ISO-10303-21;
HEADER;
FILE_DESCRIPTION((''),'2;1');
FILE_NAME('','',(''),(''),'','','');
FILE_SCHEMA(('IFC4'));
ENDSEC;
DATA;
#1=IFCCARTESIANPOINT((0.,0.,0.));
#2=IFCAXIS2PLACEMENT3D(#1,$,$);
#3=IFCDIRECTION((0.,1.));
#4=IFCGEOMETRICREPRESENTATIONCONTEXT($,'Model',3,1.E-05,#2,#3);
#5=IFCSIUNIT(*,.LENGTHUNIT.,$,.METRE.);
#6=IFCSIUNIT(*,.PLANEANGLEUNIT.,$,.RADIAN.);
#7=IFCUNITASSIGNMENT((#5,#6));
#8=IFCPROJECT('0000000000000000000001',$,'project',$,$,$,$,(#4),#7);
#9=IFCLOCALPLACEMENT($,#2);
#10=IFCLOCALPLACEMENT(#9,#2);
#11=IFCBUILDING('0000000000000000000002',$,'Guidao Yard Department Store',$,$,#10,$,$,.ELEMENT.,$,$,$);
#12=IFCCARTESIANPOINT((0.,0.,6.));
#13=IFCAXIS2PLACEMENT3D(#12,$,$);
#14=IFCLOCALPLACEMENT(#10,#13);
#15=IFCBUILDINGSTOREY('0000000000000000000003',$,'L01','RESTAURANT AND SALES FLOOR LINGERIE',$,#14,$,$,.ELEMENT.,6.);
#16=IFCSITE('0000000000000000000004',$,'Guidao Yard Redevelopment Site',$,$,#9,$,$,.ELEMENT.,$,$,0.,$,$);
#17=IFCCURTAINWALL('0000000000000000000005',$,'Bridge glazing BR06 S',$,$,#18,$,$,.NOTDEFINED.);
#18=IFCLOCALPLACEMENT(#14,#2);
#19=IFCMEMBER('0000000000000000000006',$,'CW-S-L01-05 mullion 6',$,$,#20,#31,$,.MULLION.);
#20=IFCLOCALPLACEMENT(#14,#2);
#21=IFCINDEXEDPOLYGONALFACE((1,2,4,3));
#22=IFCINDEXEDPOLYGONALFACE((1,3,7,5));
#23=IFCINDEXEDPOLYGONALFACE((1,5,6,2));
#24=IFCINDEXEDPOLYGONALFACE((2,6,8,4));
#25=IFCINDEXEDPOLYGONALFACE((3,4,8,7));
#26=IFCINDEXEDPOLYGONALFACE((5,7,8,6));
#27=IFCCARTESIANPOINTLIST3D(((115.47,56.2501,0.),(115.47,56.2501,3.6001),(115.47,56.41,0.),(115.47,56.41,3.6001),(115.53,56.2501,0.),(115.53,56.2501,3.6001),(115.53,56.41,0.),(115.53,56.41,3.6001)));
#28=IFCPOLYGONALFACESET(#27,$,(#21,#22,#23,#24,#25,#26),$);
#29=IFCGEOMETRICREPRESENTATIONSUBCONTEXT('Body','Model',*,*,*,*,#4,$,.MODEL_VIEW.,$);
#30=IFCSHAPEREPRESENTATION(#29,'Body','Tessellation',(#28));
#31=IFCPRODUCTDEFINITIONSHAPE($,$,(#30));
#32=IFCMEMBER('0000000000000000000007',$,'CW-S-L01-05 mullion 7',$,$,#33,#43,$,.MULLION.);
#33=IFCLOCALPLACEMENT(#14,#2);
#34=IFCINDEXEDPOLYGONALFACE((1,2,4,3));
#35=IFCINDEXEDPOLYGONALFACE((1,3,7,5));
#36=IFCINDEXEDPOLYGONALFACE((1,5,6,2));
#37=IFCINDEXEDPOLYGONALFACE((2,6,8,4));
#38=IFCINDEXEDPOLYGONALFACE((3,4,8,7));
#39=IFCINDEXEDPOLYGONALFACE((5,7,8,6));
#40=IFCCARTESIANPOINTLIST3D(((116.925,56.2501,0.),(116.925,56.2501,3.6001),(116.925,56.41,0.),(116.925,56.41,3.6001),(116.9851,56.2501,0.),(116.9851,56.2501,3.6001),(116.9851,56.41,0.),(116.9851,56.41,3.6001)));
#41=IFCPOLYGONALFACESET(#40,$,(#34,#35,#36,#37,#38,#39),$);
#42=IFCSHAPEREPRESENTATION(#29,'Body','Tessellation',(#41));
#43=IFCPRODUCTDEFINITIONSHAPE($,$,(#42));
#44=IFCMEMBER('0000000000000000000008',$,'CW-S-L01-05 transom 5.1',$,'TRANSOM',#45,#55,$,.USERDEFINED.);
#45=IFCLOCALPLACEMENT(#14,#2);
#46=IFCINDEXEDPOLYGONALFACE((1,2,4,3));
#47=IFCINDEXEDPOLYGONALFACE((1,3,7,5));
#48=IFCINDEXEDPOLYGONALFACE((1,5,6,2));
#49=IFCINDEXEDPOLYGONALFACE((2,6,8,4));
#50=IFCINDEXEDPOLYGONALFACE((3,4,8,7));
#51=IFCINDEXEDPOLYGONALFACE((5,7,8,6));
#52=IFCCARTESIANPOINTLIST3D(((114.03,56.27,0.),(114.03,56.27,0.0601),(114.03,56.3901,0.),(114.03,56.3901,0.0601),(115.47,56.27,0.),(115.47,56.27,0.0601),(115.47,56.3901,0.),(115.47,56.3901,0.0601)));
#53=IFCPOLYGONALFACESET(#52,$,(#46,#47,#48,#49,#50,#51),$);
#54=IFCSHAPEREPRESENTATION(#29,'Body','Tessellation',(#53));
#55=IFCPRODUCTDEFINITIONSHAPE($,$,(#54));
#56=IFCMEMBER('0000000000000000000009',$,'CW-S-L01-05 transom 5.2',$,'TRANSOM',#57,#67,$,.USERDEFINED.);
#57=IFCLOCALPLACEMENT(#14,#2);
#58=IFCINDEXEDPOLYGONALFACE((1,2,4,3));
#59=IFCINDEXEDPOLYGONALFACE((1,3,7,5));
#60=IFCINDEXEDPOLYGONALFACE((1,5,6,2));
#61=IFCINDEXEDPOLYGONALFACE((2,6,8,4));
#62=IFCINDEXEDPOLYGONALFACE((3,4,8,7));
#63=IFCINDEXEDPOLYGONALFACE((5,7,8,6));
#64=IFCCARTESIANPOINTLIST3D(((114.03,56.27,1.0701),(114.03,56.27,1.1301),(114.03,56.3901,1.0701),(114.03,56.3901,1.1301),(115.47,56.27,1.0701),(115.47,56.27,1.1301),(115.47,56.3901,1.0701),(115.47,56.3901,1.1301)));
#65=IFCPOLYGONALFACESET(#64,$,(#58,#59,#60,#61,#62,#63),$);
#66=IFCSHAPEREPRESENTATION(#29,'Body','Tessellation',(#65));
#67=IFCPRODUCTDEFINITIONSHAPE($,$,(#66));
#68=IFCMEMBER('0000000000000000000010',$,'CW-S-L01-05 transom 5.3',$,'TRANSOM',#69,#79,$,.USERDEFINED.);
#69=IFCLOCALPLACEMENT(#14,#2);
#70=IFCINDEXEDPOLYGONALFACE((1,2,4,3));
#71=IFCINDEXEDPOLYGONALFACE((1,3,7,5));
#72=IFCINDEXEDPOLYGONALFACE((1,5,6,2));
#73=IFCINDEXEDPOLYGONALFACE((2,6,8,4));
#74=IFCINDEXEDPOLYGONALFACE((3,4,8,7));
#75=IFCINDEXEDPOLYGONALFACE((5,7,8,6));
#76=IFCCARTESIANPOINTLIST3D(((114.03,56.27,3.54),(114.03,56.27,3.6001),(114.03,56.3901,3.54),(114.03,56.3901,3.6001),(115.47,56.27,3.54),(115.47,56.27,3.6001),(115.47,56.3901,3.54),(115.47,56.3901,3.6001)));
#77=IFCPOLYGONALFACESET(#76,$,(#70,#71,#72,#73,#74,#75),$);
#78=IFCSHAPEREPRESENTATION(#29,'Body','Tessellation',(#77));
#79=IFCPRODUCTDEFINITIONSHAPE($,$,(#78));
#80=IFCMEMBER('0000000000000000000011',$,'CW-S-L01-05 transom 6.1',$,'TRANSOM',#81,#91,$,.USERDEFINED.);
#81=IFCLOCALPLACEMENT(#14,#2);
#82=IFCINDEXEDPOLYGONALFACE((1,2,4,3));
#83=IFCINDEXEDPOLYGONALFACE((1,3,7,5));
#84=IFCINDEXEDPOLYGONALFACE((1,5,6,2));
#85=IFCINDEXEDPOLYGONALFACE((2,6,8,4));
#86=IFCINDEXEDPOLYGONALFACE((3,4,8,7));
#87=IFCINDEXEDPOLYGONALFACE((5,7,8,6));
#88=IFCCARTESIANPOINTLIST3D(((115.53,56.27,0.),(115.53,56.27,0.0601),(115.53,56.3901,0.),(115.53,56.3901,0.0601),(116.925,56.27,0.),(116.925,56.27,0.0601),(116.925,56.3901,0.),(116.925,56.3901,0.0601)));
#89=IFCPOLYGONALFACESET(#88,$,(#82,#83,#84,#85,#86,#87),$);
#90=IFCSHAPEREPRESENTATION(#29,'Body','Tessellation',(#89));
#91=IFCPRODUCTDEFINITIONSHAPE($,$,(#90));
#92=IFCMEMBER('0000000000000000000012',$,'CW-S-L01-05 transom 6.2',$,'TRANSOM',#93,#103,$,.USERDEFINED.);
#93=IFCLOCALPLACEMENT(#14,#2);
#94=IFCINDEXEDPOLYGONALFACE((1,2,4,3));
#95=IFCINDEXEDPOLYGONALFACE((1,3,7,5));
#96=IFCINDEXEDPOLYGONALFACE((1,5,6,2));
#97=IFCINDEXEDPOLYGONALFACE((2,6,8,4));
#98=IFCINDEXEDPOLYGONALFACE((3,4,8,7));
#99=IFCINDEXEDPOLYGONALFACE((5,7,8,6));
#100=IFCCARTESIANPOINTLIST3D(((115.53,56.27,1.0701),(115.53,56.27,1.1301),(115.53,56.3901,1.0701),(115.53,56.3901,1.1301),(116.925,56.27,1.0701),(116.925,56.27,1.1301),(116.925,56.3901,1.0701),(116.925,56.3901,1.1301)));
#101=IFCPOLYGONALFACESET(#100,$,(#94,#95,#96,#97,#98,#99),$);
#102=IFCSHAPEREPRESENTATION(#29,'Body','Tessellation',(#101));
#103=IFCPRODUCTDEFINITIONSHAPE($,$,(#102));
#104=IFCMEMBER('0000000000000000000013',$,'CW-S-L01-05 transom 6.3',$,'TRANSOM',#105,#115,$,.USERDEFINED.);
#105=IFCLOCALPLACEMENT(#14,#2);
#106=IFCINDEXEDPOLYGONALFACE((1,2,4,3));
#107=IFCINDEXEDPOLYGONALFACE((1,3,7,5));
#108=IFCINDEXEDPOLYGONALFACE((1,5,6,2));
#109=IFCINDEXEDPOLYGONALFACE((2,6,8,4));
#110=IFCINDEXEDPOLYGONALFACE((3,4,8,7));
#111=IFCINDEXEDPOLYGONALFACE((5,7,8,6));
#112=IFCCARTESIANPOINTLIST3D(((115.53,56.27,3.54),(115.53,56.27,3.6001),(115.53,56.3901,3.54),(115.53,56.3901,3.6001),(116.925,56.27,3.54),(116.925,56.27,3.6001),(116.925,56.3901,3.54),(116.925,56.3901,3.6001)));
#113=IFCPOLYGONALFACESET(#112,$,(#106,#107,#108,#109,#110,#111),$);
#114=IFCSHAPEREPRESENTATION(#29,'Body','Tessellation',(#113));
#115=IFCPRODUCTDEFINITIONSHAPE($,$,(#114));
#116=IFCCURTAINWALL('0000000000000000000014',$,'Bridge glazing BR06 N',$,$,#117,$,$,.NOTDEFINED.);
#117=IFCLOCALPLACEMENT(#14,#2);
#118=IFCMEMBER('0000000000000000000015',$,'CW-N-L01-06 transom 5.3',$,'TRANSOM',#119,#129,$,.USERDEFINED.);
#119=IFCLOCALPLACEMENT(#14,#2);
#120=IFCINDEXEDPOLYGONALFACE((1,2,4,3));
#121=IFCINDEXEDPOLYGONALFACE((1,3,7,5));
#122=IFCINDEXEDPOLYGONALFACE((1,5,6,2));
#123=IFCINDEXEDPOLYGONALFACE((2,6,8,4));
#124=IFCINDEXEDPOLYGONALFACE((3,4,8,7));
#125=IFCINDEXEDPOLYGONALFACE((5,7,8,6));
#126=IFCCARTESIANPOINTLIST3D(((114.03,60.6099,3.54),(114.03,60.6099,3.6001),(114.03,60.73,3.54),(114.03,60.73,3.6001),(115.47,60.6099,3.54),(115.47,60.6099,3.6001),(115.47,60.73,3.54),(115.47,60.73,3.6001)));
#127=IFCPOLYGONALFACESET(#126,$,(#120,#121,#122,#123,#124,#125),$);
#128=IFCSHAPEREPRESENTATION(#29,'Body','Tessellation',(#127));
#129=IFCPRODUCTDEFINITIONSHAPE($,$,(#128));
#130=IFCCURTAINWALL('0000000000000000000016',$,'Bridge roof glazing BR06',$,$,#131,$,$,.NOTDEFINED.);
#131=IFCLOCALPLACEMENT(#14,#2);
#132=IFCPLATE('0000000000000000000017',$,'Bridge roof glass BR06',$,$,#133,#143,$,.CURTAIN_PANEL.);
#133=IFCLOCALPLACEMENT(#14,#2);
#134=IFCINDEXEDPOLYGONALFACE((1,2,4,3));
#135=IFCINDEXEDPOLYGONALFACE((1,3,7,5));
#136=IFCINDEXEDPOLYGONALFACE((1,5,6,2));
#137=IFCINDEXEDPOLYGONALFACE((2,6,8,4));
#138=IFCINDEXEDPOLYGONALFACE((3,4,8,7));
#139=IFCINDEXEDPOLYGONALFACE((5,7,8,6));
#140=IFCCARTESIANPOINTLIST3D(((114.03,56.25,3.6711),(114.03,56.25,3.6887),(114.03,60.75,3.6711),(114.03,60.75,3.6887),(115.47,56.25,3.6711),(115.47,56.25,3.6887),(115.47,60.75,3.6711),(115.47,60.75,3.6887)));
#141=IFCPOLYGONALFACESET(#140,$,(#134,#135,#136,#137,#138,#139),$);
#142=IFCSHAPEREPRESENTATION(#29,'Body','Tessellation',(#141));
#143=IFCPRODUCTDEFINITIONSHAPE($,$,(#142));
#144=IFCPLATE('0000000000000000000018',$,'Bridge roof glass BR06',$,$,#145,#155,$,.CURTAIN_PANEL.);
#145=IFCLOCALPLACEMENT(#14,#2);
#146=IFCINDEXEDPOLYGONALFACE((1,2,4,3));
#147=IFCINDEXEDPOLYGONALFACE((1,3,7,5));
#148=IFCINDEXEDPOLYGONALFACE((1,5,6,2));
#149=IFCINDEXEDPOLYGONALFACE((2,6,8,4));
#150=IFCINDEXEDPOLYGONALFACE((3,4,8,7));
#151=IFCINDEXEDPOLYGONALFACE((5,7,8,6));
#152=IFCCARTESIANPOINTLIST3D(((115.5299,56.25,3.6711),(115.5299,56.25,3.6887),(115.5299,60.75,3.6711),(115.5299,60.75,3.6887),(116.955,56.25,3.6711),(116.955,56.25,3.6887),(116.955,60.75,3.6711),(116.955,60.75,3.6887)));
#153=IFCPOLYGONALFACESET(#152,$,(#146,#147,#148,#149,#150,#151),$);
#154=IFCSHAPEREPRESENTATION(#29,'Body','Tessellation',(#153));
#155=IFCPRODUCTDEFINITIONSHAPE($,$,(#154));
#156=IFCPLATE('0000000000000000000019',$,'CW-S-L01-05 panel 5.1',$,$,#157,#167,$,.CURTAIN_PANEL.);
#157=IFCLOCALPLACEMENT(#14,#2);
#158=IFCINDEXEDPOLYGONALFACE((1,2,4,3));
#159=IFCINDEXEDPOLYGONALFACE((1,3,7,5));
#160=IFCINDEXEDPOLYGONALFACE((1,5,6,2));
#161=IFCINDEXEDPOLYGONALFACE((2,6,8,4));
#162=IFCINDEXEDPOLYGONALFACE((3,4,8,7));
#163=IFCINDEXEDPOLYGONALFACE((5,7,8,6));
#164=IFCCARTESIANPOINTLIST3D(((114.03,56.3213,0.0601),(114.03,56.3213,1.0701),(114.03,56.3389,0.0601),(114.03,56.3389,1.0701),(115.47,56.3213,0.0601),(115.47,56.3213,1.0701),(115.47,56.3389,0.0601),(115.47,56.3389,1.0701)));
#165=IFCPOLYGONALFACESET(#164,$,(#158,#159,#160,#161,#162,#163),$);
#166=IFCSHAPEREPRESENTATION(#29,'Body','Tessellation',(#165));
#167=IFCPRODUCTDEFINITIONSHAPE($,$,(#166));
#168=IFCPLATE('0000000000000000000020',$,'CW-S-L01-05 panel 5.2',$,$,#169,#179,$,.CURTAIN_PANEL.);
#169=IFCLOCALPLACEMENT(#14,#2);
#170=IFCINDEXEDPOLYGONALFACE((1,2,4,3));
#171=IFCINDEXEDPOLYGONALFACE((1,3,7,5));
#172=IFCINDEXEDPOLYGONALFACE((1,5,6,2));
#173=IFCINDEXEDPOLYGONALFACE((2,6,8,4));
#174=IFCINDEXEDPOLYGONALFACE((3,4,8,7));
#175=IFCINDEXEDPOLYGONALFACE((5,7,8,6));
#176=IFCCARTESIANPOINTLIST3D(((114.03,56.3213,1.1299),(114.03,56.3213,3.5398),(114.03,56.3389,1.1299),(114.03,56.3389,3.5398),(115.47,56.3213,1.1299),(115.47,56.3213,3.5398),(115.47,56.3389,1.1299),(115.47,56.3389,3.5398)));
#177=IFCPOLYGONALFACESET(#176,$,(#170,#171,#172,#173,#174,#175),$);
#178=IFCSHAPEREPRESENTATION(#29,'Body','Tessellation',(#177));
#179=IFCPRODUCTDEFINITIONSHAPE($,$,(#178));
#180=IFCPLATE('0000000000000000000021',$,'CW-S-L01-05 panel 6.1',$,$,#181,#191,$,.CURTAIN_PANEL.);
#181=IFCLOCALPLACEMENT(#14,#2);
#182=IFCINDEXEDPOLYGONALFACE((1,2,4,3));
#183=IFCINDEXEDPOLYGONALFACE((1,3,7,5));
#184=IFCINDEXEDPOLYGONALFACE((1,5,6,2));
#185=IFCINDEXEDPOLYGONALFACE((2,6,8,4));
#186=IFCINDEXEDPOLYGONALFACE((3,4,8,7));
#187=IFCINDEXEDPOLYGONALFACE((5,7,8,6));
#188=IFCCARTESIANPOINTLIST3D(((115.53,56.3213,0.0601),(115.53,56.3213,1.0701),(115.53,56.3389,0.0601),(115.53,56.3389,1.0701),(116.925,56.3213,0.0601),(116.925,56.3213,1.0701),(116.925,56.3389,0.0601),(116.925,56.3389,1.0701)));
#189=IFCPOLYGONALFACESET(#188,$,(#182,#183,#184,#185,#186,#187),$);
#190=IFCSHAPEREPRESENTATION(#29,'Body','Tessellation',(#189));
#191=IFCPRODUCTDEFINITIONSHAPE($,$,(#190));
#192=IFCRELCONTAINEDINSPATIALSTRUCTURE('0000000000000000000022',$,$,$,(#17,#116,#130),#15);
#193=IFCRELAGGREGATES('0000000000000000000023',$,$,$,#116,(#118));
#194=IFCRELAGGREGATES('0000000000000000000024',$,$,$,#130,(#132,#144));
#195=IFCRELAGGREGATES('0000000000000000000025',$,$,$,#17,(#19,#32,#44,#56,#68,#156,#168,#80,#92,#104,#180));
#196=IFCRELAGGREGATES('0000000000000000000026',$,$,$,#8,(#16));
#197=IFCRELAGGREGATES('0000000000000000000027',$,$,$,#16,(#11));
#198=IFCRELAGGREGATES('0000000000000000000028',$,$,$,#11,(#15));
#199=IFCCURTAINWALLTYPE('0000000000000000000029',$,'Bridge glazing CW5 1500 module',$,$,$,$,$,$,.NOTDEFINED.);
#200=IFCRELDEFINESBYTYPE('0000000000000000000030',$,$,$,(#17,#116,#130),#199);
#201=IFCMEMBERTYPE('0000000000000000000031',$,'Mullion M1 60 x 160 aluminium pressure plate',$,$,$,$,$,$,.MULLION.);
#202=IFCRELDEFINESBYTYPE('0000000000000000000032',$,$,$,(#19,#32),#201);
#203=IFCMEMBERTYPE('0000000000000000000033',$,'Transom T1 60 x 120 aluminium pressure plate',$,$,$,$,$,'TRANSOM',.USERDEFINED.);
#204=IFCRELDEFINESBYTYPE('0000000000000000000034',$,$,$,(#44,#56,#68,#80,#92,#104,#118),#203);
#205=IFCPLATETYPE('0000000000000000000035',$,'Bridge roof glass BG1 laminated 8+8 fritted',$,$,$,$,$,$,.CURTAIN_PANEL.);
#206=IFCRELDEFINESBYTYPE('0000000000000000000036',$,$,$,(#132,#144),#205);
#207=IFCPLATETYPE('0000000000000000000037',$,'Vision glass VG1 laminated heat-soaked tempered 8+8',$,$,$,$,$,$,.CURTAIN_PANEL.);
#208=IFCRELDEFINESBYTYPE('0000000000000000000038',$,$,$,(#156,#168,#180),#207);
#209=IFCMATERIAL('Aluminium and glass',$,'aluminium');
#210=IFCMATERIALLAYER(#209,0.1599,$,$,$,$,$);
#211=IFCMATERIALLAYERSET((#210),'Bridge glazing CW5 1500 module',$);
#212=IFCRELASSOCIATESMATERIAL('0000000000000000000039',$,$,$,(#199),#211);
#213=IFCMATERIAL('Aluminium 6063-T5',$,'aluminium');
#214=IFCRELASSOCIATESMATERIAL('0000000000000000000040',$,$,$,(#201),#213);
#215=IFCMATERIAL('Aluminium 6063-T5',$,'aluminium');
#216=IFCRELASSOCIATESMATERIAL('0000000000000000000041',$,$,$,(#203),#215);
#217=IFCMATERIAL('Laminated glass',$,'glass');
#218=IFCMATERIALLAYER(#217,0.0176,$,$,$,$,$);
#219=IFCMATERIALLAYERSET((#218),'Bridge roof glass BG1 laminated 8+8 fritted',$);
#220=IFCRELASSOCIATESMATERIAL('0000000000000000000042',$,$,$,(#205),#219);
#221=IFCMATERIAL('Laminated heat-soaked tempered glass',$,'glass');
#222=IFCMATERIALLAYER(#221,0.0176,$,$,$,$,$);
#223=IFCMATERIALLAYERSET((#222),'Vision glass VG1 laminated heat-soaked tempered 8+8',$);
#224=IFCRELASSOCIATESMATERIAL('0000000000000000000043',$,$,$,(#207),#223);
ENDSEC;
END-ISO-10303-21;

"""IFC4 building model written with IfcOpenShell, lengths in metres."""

from ifc_helpers import new_model, si_unit, direction, frame, origin, origin_2d, place, context, subcontext, project, spatial, rectangle, extrude, material, layer, layer_set, material_profile, profile_set, type_object, element, aggregate, save


model = new_model("IFC4")

# Units and contexts
model_context = context("Model", 3, precision=1e-05, world=origin(), true_north=direction((0.0, 1.0)))
body_context = subcontext(model_context, "Body", "Model", "MODEL_VIEW")
ifc_project = project(units=[si_unit("LENGTHUNIT", "METRE"), si_unit("PLANEANGLEUNIT", "RADIAN")], contexts=[model_context])

# Site, building, storey
site_placement = place(None, origin())
site = spatial("IfcSite", under=ifc_project, at=site_placement, Name="Guidao Yard Redevelopment Site", CompositionType="ELEMENT", RefElevation=0.0)
building_placement = place(site_placement, origin())
building = spatial("IfcBuilding", under=site, at=building_placement, Name="Guidao Yard Department Store", CompositionType="ELEMENT")
storey_placement = place(building_placement, frame((0.0, 0.0, 6.0)))
storey = spatial("IfcBuildingStorey", under=building, at=storey_placement, Name="L01", Description="RESTAURANT AND SALES FLOOR LINGERIE", CompositionType="ELEMENT", Elevation=6.0)

# Curtain wall, members
ifc_material_1 = material(Name="Aluminium and glass", Category="aluminium")
ifc_layer_1 = layer(ifc_material_1, 0.1599)
ifc_layer_set_1 = layer_set([ifc_layer_1], Name="Bridge glazing CW5 1500 module")
curtain_wall_type = type_object("IfcCurtainWallType", Name="Bridge glazing CW5 1500 module", PredefinedType="NOTDEFINED", material=ifc_layer_set_1)
curtain_wall_1_placement = place(storey_placement, origin())
curtain_wall_1 = element("IfcCurtainWall", 1, at=curtain_wall_1_placement, inside=storey, type_object=curtain_wall_type, Name="Bridge glazing BR06 S", PredefinedType="NOTDEFINED")
ifc_material_2 = material(Name="Aluminium 6063-T5", Category="aluminium")
ifc_material_profile_1 = material_profile(ifc_material_2, rectangle(XDim=0.0601, YDim=0.1599, at=origin_2d()), Name="Mullion M1 60 x 160 aluminium pressure plate")
ifc_profile_set_1 = profile_set([ifc_material_profile_1], Name="Aluminium 6063-T5")
member_type_1 = type_object("IfcMemberType", Name="Mullion M1 60 x 160 aluminium pressure plate", PredefinedType="MULLION", material=ifc_profile_set_1)
member_1_placement = place(storey_placement, frame((115.5, 56.3301, 0.0), z_axis=(0.0, 0.0, 1.0), x_axis=(-1.0, 0.0, 0.0)))
member_1 = element("IfcMember", 2, at=member_1_placement, type_object=member_type_1, Name="CW-S-L01-05 mullion 6", PredefinedType="MULLION", context=body_context, shape_type="SweptSolid", body=[
    extrude(rectangle(XDim=0.0601, YDim=0.1599, at=origin_2d()), origin(), (0.0, 0.0, 1.0), 3.6001),
])
member_2_placement = place(storey_placement, frame((116.9551, 56.3301, 0.0), z_axis=(0.0, 0.0, 1.0), x_axis=(-1.0, 0.0, 0.0)))
member_2 = element("IfcMember", 3, at=member_2_placement, type_object=member_type_1, Name="CW-S-L01-05 mullion 7", PredefinedType="MULLION", context=body_context, shape_type="SweptSolid", body=[
    extrude(rectangle(XDim=0.0601, YDim=0.1599, at=origin_2d()), origin(), (0.0, 0.0, 1.0), 3.6001),
])
ifc_material_3 = material(Name="Aluminium 6063-T5", Category="aluminium")
ifc_material_profile_2 = material_profile(ifc_material_3, rectangle(XDim=0.1201, YDim=0.0601, at=origin_2d()), Name="Transom T1 60 x 120 aluminium pressure plate")
ifc_profile_set_2 = profile_set([ifc_material_profile_2], Name="Aluminium 6063-T5")
member_type_2 = type_object("IfcMemberType", Name="Transom T1 60 x 120 aluminium pressure plate", ElementType="TRANSOM", PredefinedType="USERDEFINED", material=ifc_profile_set_2)
member_3_placement = place(storey_placement, frame((115.47, 56.3301, 0.03), z_axis=(-1.0, 0.0, 0.0), x_axis=(0.0, -1.0, 0.0)))
member_3 = element("IfcMember", 4, at=member_3_placement, type_object=member_type_2, Name="CW-S-L01-05 transom 5.1", ObjectType="TRANSOM", PredefinedType="USERDEFINED", context=body_context, shape_type="SweptSolid", body=[
    extrude(rectangle(XDim=0.1201, YDim=0.0601, at=origin_2d()), origin(), (0.0, 0.0, 1.0), 1.4399),
])
member_4_placement = place(storey_placement, frame((115.47, 56.3301, 1.1001), z_axis=(-1.0, 0.0, 0.0), x_axis=(0.0, -1.0, 0.0)))
member_4 = element("IfcMember", 5, at=member_4_placement, type_object=member_type_2, Name="CW-S-L01-05 transom 5.2", ObjectType="TRANSOM", PredefinedType="USERDEFINED", context=body_context, shape_type="SweptSolid", body=[
    extrude(rectangle(XDim=0.1201, YDim=0.0601, at=origin_2d()), origin(), (0.0, 0.0, 1.0), 1.4399),
])
member_5_placement = place(storey_placement, frame((115.47, 56.3301, 3.5701), z_axis=(-1.0, 0.0, 0.0), x_axis=(0.0, -1.0, 0.0)))
member_5 = element("IfcMember", 6, at=member_5_placement, type_object=member_type_2, Name="CW-S-L01-05 transom 5.3", ObjectType="TRANSOM", PredefinedType="USERDEFINED", context=body_context, shape_type="SweptSolid", body=[
    extrude(rectangle(XDim=0.1201, YDim=0.0601, at=origin_2d()), origin(), (0.0, 0.0, 1.0), 1.4399),
])
member_6_placement = place(storey_placement, frame((116.925, 56.3301, 0.03), z_axis=(-1.0, 0.0, 0.0), x_axis=(0.0, -1.0, 0.0)))
member_6 = element("IfcMember", 7, at=member_6_placement, type_object=member_type_2, Name="CW-S-L01-05 transom 6.1", ObjectType="TRANSOM", PredefinedType="USERDEFINED", context=body_context, shape_type="SweptSolid", body=[
    extrude(rectangle(XDim=0.1201, YDim=0.0601, at=origin_2d()), origin(), (0.0, 0.0, 1.0), 1.395),
])
member_7_placement = place(storey_placement, frame((116.925, 56.3301, 1.1001), z_axis=(-1.0, 0.0, 0.0), x_axis=(0.0, -1.0, 0.0)))
member_7 = element("IfcMember", 8, at=member_7_placement, type_object=member_type_2, Name="CW-S-L01-05 transom 6.2", ObjectType="TRANSOM", PredefinedType="USERDEFINED", context=body_context, shape_type="SweptSolid", body=[
    extrude(rectangle(XDim=0.1201, YDim=0.0601, at=origin_2d()), origin(), (0.0, 0.0, 1.0), 1.395),
])
member_8_placement = place(storey_placement, frame((116.925, 56.3301, 3.5701), z_axis=(-1.0, 0.0, 0.0), x_axis=(0.0, -1.0, 0.0)))
member_8 = element("IfcMember", 9, at=member_8_placement, type_object=member_type_2, Name="CW-S-L01-05 transom 6.3", ObjectType="TRANSOM", PredefinedType="USERDEFINED", context=body_context, shape_type="SweptSolid", body=[
    extrude(rectangle(XDim=0.1201, YDim=0.0601, at=origin_2d()), origin(), (0.0, 0.0, 1.0), 1.395),
])

# Curtain wall, member
curtain_wall_2_placement = place(storey_placement, origin())
curtain_wall_2 = element("IfcCurtainWall", 10, at=curtain_wall_2_placement, inside=storey, type_object=curtain_wall_type, Name="Bridge glazing BR06 N", PredefinedType="NOTDEFINED")
member_9_placement = place(storey_placement, frame((114.03, 60.6699, 3.5701), z_axis=(1.0, 0.0, 0.0), x_axis=(0.0, 1.0, 0.0)))
member_9 = element("IfcMember", 11, at=member_9_placement, type_object=member_type_2, Name="CW-N-L01-06 transom 5.3", ObjectType="TRANSOM", PredefinedType="USERDEFINED", context=body_context, shape_type="SweptSolid", body=[
    extrude(rectangle(XDim=0.1201, YDim=0.0601, at=origin_2d()), origin(), (0.0, 0.0, 1.0), 1.4399),
])
aggregate(curtain_wall_2, [member_9])

# Curtain wall, plates
curtain_wall_3_placement = place(storey_placement, origin())
curtain_wall_3 = element("IfcCurtainWall", 12, at=curtain_wall_3_placement, inside=storey, type_object=curtain_wall_type, Name="Bridge roof glazing BR06", PredefinedType="NOTDEFINED")
ifc_material_4 = material(Name="Laminated glass", Category="glass")
ifc_layer_2 = layer(ifc_material_4, 0.0176)
ifc_layer_set_2 = layer_set([ifc_layer_2], Name="Bridge roof glass BG1 laminated 8+8 fritted")
plate_type_1 = type_object("IfcPlateType", Name="Bridge roof glass BG1 laminated 8+8 fritted", PredefinedType="CURTAIN_PANEL", material=ifc_layer_set_2)
plate_1_placement = place(storey_placement, frame((114.75, 58.5, 3.6711), z_axis=(0.0, 0.0, 1.0), x_axis=(1.0, 0.0, 0.0)))
plate_1 = element("IfcPlate", 13, at=plate_1_placement, type_object=plate_type_1, Name="Bridge roof glass BR06", PredefinedType="CURTAIN_PANEL", context=body_context, shape_type="SweptSolid", body=[
    extrude(rectangle(XDim=1.4399, YDim=4.5, at=origin_2d()), origin(), (0.0, 0.0, 1.0), 0.0176),
])
plate_2_placement = place(storey_placement, frame((116.2424, 58.5, 3.6711), z_axis=(0.0, 0.0, 1.0), x_axis=(1.0, 0.0, 0.0)))
plate_2 = element("IfcPlate", 14, at=plate_2_placement, type_object=plate_type_1, Name="Bridge roof glass BR06", PredefinedType="CURTAIN_PANEL", context=body_context, shape_type="SweptSolid", body=[
    extrude(rectangle(XDim=1.425, YDim=4.5, at=origin_2d()), origin(), (0.0, 0.0, 1.0), 0.0176),
])
aggregate(curtain_wall_3, [plate_1, plate_2])

# Plates
ifc_material_5 = material(Name="Laminated heat-soaked tempered glass", Category="glass")
ifc_layer_3 = layer(ifc_material_5, 0.0176)
ifc_layer_set_3 = layer_set([ifc_layer_3], Name="Vision glass VG1 laminated heat-soaked tempered 8+8")
plate_type_2 = type_object("IfcPlateType", Name="Vision glass VG1 laminated heat-soaked tempered 8+8", PredefinedType="CURTAIN_PANEL", material=ifc_layer_set_3)
plate_3_placement = place(storey_placement, frame((114.75, 56.3301, 0.0601), z_axis=(0.0, 0.0, 1.0), x_axis=(-1.0, 0.0, 0.0)))
plate_3 = element("IfcPlate", 15, at=plate_3_placement, type_object=plate_type_2, Name="CW-S-L01-05 panel 5.1", PredefinedType="CURTAIN_PANEL", context=body_context, shape_type="SweptSolid", body=[
    extrude(rectangle(XDim=1.4399, YDim=0.0176, at=origin_2d()), origin(), (0.0, 0.0, 1.0), 1.01),
])
plate_4_placement = place(storey_placement, frame((114.75, 56.3301, 1.1299), z_axis=(0.0, 0.0, 1.0), x_axis=(-1.0, 0.0, 0.0)))
plate_4 = element("IfcPlate", 16, at=plate_4_placement, type_object=plate_type_2, Name="CW-S-L01-05 panel 5.2", PredefinedType="CURTAIN_PANEL", context=body_context, shape_type="SweptSolid", body=[
    extrude(rectangle(XDim=1.4399, YDim=0.0176, at=origin_2d()), origin(), (0.0, 0.0, 1.0), 2.4099),
])
plate_5_placement = place(storey_placement, frame((116.2275, 56.3301, 0.0601), z_axis=(0.0, 0.0, 1.0), x_axis=(-1.0, 0.0, 0.0)))
plate_5 = element("IfcPlate", 17, at=plate_5_placement, type_object=plate_type_2, Name="CW-S-L01-05 panel 6.1", PredefinedType="CURTAIN_PANEL", context=body_context, shape_type="SweptSolid", body=[
    extrude(rectangle(XDim=1.395, YDim=0.0176, at=origin_2d()), origin(), (0.0, 0.0, 1.0), 1.01),
])
aggregate(curtain_wall_1, [member_1, member_2, member_3, member_4, member_5, plate_3, plate_4, member_6, member_7, member_8, plate_5])

save(model, "model.ifc")
